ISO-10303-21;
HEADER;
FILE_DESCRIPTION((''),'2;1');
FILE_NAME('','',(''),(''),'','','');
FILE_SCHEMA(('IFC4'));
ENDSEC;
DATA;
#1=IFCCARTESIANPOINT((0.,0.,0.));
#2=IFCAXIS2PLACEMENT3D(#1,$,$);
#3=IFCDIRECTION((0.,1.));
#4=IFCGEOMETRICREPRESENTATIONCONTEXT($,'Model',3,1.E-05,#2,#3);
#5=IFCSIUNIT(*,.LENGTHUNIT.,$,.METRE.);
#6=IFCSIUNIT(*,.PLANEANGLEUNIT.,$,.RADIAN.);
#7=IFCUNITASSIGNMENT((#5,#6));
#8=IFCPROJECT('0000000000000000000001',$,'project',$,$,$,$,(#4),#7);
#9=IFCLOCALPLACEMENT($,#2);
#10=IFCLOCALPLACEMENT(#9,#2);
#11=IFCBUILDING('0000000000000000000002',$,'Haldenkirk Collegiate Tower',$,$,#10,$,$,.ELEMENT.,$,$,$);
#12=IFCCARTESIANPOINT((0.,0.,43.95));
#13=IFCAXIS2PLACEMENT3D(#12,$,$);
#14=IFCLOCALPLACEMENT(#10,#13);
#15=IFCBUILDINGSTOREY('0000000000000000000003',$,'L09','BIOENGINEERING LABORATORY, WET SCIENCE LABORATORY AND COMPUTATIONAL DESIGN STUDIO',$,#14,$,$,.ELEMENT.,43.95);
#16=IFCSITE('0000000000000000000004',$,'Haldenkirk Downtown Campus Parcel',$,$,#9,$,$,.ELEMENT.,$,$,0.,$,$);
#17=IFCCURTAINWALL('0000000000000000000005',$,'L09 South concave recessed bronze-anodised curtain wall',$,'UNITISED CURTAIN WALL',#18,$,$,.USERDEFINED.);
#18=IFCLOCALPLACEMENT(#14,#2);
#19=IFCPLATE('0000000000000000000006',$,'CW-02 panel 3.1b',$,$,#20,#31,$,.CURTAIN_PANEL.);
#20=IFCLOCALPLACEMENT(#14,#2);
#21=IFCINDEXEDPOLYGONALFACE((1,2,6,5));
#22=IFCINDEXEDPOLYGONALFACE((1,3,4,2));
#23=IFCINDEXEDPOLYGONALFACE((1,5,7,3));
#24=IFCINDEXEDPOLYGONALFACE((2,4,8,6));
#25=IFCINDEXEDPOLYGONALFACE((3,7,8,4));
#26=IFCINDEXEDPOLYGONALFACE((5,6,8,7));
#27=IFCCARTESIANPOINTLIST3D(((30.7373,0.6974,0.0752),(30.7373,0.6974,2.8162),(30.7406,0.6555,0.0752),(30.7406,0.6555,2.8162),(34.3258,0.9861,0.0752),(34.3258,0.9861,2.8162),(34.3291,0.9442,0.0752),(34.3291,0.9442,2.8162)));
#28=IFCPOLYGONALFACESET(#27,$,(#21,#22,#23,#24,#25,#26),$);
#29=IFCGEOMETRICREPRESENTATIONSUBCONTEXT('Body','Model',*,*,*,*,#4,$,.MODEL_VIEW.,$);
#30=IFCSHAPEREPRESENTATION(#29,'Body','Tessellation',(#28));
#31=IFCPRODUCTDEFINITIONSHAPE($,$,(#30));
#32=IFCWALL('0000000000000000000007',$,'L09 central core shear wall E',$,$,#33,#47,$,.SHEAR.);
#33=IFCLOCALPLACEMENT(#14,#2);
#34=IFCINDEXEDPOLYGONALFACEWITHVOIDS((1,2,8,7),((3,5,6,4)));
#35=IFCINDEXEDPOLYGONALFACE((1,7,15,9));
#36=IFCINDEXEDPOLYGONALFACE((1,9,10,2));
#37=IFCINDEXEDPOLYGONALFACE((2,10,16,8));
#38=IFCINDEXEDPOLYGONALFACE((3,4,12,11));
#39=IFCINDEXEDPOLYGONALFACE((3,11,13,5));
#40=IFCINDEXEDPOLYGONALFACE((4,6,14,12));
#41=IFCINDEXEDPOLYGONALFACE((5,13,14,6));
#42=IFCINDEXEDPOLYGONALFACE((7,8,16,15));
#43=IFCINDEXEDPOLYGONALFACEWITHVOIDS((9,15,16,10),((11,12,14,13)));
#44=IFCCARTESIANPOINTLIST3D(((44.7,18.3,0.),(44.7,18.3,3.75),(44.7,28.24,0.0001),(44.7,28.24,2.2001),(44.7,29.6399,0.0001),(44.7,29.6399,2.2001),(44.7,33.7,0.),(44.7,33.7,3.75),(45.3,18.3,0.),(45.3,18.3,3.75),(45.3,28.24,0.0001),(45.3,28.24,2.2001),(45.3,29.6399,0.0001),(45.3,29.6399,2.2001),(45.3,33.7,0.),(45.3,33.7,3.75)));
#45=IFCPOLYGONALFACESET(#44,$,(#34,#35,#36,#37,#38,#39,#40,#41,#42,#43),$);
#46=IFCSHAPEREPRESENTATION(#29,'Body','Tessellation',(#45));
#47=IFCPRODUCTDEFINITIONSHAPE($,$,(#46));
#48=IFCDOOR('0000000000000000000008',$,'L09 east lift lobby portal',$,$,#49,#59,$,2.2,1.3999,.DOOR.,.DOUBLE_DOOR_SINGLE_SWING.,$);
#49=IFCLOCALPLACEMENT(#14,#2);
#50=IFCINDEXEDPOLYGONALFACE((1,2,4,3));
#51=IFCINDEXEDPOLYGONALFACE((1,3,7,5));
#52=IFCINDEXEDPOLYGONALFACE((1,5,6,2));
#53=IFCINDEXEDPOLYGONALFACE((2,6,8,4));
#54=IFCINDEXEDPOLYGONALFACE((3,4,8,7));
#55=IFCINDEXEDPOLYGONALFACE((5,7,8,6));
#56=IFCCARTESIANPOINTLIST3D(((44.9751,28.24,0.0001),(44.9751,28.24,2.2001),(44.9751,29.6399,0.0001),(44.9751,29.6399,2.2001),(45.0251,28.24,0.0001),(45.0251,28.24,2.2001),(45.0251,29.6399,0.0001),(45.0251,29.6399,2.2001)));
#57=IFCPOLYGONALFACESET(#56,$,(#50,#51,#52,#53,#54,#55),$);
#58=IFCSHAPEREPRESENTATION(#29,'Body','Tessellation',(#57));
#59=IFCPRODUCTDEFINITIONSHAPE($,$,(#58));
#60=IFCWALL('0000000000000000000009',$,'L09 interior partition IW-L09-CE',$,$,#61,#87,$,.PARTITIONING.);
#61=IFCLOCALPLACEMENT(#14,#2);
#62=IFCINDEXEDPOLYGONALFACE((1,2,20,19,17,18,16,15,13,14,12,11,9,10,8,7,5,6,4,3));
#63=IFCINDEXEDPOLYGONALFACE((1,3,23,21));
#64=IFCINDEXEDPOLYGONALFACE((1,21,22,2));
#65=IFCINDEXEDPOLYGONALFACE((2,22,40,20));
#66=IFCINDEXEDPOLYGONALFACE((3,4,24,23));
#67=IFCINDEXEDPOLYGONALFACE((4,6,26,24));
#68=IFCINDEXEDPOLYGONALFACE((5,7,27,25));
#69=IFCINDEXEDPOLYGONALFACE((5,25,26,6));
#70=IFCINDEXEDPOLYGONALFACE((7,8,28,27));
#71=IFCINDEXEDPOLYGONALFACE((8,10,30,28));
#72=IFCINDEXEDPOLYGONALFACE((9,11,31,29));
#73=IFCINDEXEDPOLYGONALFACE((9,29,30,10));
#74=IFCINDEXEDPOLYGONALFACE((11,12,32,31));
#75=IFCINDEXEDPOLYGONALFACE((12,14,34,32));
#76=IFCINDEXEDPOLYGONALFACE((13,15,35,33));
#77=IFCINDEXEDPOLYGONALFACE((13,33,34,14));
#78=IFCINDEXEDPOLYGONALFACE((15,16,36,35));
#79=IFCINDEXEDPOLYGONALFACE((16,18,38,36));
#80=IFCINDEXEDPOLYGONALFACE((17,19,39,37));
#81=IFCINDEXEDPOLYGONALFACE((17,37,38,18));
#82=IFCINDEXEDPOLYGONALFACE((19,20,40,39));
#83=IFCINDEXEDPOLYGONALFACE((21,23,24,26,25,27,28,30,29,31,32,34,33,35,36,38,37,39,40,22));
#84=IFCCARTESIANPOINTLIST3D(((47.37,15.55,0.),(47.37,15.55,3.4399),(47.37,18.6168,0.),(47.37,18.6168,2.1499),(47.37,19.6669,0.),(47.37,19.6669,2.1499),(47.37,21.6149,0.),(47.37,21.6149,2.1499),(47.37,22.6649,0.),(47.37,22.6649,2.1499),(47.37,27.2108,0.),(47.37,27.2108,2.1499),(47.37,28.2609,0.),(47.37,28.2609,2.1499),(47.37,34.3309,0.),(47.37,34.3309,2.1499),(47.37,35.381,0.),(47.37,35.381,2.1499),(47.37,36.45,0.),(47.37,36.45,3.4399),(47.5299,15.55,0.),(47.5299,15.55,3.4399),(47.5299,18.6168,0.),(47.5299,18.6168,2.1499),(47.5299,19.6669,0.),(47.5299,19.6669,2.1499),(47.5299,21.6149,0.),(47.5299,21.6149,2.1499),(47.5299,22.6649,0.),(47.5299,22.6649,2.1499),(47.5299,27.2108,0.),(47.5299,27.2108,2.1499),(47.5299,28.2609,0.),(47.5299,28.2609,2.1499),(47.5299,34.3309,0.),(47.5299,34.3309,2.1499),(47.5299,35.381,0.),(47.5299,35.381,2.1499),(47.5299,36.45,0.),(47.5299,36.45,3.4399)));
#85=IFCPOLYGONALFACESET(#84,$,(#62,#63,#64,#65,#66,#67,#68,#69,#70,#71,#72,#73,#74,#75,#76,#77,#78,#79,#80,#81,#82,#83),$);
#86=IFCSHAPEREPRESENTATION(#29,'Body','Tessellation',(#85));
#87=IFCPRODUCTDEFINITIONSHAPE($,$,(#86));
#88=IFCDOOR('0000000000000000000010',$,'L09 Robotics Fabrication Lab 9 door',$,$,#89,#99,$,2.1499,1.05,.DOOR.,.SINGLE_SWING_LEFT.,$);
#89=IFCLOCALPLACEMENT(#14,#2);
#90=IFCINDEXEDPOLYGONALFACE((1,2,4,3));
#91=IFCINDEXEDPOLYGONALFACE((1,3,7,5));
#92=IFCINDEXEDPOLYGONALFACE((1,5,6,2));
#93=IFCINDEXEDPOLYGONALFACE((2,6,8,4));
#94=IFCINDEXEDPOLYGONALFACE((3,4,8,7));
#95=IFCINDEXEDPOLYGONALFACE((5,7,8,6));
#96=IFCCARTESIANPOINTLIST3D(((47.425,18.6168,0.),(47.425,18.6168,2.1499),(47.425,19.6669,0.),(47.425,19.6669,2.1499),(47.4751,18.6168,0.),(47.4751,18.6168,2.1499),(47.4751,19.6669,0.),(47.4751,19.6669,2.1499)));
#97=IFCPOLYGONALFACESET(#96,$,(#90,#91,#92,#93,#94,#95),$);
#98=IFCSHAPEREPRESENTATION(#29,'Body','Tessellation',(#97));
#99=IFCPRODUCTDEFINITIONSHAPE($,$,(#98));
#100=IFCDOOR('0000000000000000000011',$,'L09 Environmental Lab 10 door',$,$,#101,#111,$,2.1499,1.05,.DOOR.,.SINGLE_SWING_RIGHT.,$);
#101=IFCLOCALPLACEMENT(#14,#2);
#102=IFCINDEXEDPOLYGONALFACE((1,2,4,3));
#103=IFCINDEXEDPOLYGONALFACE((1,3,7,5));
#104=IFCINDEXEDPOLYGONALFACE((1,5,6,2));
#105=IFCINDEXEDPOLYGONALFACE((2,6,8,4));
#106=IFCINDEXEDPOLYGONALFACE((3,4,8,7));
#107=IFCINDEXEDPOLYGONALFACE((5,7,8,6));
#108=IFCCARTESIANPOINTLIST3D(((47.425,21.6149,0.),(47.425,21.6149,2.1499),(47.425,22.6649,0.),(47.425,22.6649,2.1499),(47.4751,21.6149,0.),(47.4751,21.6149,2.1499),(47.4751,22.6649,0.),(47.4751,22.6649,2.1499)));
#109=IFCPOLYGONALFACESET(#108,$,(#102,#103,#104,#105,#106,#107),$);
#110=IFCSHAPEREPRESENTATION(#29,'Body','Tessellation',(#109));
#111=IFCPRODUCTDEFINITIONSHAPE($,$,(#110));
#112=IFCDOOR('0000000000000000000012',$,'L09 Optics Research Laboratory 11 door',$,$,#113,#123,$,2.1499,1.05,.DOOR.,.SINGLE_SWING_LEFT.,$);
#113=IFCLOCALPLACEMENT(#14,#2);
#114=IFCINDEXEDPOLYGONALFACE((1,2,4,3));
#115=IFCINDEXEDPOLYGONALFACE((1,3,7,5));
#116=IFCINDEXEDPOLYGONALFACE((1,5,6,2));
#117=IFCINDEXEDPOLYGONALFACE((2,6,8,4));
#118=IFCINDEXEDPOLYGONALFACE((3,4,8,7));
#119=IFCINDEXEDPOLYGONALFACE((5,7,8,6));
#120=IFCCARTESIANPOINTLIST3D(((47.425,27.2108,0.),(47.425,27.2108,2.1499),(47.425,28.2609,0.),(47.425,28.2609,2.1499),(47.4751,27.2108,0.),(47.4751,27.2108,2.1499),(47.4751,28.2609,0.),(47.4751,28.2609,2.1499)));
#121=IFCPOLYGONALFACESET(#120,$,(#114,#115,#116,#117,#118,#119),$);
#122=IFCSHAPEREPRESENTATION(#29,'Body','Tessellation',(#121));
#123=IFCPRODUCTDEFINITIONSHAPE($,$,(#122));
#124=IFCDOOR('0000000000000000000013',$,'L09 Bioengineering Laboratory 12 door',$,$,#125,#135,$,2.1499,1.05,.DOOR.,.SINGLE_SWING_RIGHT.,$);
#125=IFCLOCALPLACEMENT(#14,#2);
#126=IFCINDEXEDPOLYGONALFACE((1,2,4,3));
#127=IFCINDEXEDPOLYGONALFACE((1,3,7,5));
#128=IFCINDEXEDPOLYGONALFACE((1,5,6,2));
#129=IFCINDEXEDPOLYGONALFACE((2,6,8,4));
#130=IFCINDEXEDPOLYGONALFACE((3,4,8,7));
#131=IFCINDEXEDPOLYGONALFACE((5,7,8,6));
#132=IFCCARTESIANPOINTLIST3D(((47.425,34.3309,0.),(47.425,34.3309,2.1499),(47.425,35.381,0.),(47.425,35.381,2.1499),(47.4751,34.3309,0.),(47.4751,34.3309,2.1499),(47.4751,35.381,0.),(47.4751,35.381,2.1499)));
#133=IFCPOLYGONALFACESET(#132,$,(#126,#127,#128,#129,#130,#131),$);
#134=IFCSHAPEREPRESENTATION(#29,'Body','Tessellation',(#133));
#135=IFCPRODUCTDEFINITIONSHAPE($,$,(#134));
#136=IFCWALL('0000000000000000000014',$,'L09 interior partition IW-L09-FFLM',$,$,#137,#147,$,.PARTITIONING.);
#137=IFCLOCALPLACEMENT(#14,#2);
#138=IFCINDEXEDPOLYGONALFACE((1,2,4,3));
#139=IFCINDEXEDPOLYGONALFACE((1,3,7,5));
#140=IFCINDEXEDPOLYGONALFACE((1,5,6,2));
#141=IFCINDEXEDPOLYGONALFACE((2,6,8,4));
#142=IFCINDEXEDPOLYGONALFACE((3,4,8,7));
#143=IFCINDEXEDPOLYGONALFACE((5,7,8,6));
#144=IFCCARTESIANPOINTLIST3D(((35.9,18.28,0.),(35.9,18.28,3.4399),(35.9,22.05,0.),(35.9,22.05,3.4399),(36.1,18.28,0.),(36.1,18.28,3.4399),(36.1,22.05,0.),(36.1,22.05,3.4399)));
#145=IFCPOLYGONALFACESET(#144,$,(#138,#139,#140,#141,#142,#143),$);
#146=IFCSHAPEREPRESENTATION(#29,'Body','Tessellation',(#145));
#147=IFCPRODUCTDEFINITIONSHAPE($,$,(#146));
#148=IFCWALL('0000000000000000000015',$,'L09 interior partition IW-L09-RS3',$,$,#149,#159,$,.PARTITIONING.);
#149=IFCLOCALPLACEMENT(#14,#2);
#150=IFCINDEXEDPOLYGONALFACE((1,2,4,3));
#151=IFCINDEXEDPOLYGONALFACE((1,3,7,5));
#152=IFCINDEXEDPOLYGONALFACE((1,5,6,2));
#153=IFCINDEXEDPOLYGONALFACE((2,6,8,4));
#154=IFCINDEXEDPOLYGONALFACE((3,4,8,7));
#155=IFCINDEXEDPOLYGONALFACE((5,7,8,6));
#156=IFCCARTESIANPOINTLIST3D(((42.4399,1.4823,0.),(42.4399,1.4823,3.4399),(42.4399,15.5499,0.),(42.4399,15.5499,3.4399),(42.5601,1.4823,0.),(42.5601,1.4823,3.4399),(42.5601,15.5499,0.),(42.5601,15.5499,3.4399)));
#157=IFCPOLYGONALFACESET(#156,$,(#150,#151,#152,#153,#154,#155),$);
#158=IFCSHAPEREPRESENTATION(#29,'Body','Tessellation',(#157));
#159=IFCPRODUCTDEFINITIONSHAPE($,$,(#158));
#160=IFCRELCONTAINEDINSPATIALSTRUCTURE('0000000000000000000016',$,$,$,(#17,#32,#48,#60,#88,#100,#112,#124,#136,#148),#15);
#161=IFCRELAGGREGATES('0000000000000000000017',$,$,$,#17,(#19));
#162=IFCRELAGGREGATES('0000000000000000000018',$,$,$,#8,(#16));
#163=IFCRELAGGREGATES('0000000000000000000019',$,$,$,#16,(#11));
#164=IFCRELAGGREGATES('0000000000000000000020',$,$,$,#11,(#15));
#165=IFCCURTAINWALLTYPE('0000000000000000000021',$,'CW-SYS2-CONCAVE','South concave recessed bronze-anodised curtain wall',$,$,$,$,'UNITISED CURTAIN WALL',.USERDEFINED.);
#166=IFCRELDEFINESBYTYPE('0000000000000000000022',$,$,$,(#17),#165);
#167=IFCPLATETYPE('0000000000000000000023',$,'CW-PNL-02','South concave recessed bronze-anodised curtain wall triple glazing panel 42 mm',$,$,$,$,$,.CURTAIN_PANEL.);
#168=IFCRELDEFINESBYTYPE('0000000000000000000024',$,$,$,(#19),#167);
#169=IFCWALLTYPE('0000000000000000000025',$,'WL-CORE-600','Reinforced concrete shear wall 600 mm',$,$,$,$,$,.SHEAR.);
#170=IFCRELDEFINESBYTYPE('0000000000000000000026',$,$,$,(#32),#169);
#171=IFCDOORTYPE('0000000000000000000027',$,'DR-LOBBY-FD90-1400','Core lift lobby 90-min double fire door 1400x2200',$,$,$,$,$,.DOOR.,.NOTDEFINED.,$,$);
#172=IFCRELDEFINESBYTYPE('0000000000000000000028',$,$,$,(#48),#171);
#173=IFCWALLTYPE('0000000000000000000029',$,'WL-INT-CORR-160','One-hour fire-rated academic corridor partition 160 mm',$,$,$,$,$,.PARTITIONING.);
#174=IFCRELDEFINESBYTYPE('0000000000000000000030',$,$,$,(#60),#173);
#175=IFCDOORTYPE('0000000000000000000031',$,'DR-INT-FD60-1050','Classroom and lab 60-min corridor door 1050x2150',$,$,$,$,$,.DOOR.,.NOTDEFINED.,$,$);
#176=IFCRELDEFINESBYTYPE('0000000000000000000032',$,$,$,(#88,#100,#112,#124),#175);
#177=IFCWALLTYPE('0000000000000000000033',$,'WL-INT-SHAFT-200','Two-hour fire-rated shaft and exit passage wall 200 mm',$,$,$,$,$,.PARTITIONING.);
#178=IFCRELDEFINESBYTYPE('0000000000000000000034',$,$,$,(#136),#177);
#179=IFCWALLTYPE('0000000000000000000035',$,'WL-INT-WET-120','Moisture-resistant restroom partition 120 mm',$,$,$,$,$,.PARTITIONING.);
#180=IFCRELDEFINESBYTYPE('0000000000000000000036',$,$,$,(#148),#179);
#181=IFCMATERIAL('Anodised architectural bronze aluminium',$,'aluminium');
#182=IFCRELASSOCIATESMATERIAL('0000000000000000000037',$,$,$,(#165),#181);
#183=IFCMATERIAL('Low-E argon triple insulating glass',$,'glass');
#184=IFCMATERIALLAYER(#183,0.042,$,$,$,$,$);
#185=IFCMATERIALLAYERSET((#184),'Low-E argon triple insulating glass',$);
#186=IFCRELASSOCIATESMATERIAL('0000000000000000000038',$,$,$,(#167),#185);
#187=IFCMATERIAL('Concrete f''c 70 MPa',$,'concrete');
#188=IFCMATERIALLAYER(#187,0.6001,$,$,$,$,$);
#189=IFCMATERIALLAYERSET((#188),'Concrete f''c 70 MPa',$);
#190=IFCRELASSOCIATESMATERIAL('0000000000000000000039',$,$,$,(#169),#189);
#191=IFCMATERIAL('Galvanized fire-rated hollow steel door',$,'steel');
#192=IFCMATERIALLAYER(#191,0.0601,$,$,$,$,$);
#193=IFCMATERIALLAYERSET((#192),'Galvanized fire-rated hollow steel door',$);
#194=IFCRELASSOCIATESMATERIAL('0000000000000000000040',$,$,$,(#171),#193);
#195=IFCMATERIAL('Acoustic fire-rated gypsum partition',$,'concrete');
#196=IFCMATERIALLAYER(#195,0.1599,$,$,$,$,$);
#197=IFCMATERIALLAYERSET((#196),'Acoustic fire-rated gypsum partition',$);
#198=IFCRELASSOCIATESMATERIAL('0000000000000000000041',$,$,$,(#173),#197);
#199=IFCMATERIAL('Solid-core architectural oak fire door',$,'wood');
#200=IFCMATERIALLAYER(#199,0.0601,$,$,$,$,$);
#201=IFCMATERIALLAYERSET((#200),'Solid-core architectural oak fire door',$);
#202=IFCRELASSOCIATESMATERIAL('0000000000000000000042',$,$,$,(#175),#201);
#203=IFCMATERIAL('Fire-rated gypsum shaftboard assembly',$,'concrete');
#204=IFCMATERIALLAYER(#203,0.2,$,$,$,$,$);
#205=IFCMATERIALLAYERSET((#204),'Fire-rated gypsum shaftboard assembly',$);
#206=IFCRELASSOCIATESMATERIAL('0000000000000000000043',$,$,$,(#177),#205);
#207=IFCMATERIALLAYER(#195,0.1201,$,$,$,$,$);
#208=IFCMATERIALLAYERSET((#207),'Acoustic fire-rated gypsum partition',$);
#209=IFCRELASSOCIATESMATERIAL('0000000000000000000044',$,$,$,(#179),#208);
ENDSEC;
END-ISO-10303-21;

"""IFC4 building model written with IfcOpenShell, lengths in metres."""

from ifc_helpers import new_model, si_unit, direction, frame, frame_2d, origin, origin_2d, place, context, subcontext, project, spatial, rectangle, extrude, source, transform, mapped, material, layer, layer_set, type_object, element, fill, aggregate, save


model = new_model("IFC4")

# Units and contexts
model_context = context("Model", 3, precision=1e-05, world=origin(), true_north=direction((0.0, 1.0)))
body_context = subcontext(model_context, "Body", "Model", "MODEL_VIEW")
ifc_project = project(units=[si_unit("LENGTHUNIT", "METRE"), si_unit("PLANEANGLEUNIT", "RADIAN")], contexts=[model_context])

# Site, building, storey
site_placement = place(None, origin())
site = spatial("IfcSite", under=ifc_project, at=site_placement, Name="Haldenkirk Downtown Campus Parcel", CompositionType="ELEMENT", RefElevation=0.0)
building_placement = place(site_placement, origin())
building = spatial("IfcBuilding", under=site, at=building_placement, Name="Haldenkirk Collegiate Tower", CompositionType="ELEMENT")
storey_placement = place(building_placement, frame((0.0, 0.0, 43.95)))
storey = spatial("IfcBuildingStorey", under=building, at=storey_placement, Name="L09", Description="BIOENGINEERING LABORATORY, WET SCIENCE LABORATORY AND COMPUTATIONAL DESIGN STUDIO", CompositionType="ELEMENT", Elevation=43.95)

# Curtain wall, plate
ifc_material_1 = material(Name="Anodised architectural bronze aluminium", Category="aluminium")
curtain_wall_type = type_object("IfcCurtainWallType", Name="CW-SYS2-CONCAVE", Description="South concave recessed bronze-anodised curtain wall", ElementType="UNITISED CURTAIN WALL", PredefinedType="USERDEFINED", material=ifc_material_1)
curtain_wall_placement = place(storey_placement, origin())
curtain_wall = element("IfcCurtainWall", 1, at=curtain_wall_placement, inside=storey, type_object=curtain_wall_type, Name="L09 South concave recessed bronze-anodised curtain wall", ObjectType="UNITISED CURTAIN WALL", PredefinedType="USERDEFINED")
ifc_material_2 = material(Name="Low-E argon triple insulating glass", Category="glass")
ifc_layer_1 = layer(ifc_material_2, 0.042)
ifc_layer_set_1 = layer_set([ifc_layer_1], Name="Low-E argon triple insulating glass")
plate_type_1 = type_object("IfcPlateType", Name="CW-PNL-02", Description="South concave recessed bronze-anodised curtain wall triple glazing panel 42 mm", PredefinedType="CURTAIN_PANEL", material=ifc_layer_set_1)
shared_shape_1 = source(origin(), body_context, "Body", "SweptSolid", [
    extrude(rectangle(XDim=3.6001, YDim=0.042, at=origin_2d()), origin(), (0.0, 0.0, 1.0), 2.741),
])
plate_1_placement = place(storey_placement, frame((32.5332, 0.8208, 0.0752), z_axis=(0.0, 0.0, 1.0), x_axis=(-0.996779, -0.080199, 0.0)))
plate_1 = element("IfcPlate", 2, at=plate_1_placement, type_object=plate_type_1, Name="CW-02 panel 3.1b", PredefinedType="CURTAIN_PANEL", context=body_context, shape_type="MappedRepresentation", body=[
    mapped(shared_shape_1, transform((0.0, 0.0, 0.0), x_axis=(1.0, 0.0, 0.0), y_axis=(0.0, 1.0, 0.0), z_axis=(0.0, 0.0, 1.0), scale=1.0)),
])
aggregate(curtain_wall, [plate_1])

# Wall, opening, door
ifc_material_3 = material(Name="Concrete f'c 70 MPa", Category="concrete")
ifc_layer_2 = layer(ifc_material_3, 0.6001)
ifc_layer_set_2 = layer_set([ifc_layer_2], Name="Concrete f'c 70 MPa")
wall_type_1 = type_object("IfcWallType", Name="WL-CORE-600", Description="Reinforced concrete shear wall 600 mm", PredefinedType="SHEAR", material=ifc_layer_set_2)
wall_1_placement = place(storey_placement, frame((45.0, 18.3, 0.0), z_axis=(0.0, 0.0, 1.0), x_axis=(0.0, 1.0, 0.0)))
wall_1 = element("IfcWall", 3, at=wall_1_placement, inside=storey, type_object=wall_type_1, Name="L09 central core shear wall E", PredefinedType="SHEAR", context=body_context, shape_type="SweptSolid", body=[
    extrude(rectangle(XDim=15.3999, YDim=0.6001, at=frame_2d((7.7, 0.0))), origin(), (0.0, 0.0, 1.0), 3.75),
])
opening_1_placement = place(wall_1_placement, frame((9.9399, 0.0, 0.0)))
opening_1 = element("IfcOpeningElement", 4, at=opening_1_placement, cuts=wall_1, PredefinedType="OPENING", context=body_context, shape_type="SweptSolid", body=[
    extrude(rectangle(XDim=1.3999, YDim=2.2, at=frame_2d((0.7, 1.1001))), frame((0.0, 0.3101, 0.0), z_axis=(0.0, -1.0, 0.0), x_axis=(1.0, 0.0, 0.0)), (0.0, 0.0, 1.0), 0.6201),
])
ifc_material_4 = material(Name="Galvanized fire-rated hollow steel door", Category="steel")
ifc_layer_3 = layer(ifc_material_4, 0.0601)
ifc_layer_set_3 = layer_set([ifc_layer_3], Name="Galvanized fire-rated hollow steel door")
door_type_1 = type_object("IfcDoorType", Name="DR-LOBBY-FD90-1400", Description="Core lift lobby 90-min double fire door 1400x2200", OperationType="NOTDEFINED", PredefinedType="DOOR", material=ifc_layer_set_3)
door_1_placement = place(opening_1_placement, origin())
door_1 = element("IfcDoor", 5, at=door_1_placement, inside=storey, type_object=door_type_1, Name="L09 east lift lobby portal", OperationType="DOUBLE_DOOR_SINGLE_SWING", OverallHeight=2.2, OverallWidth=1.3999, PredefinedType="DOOR", context=body_context, shape_type="SweptSolid", body=[
    extrude(rectangle(XDim=1.3999, YDim=2.2, at=frame_2d((0.7, 1.1001))), frame((0.0, 0.0249, 0.0), z_axis=(0.0, -1.0, 0.0), x_axis=(1.0, 0.0, 0.0)), (0.0, 0.0, 1.0), 0.05),
])
fill(opening_1, door_1)

# Wall, openings, doors
ifc_material_5 = material(Name="Acoustic fire-rated gypsum partition", Category="concrete")
ifc_layer_4 = layer(ifc_material_5, 0.1599)
ifc_layer_set_4 = layer_set([ifc_layer_4], Name="Acoustic fire-rated gypsum partition")
wall_type_2 = type_object("IfcWallType", Name="WL-INT-CORR-160", Description="One-hour fire-rated academic corridor partition 160 mm", PredefinedType="PARTITIONING", material=ifc_layer_set_4)
wall_2_placement = place(storey_placement, frame((47.45, 15.55, 0.0), z_axis=(0.0, 0.0, 1.0), x_axis=(0.0, 1.0, 0.0)))
wall_2 = element("IfcWall", 6, at=wall_2_placement, inside=storey, type_object=wall_type_2, Name="L09 interior partition IW-L09-CE", PredefinedType="PARTITIONING", context=body_context, shape_type="SweptSolid", body=[
    extrude(rectangle(XDim=20.8999, YDim=0.1599, at=frame_2d((10.45, 0.0))), origin(), (0.0, 0.0, 1.0), 3.4399),
])
opening_2_placement = place(wall_2_placement, frame((3.0669, 0.0, 0.0)))
opening_2 = element("IfcOpeningElement", 7, at=opening_2_placement, cuts=wall_2, PredefinedType="OPENING", context=body_context, shape_type="SweptSolid", body=[
    extrude(rectangle(XDim=1.05, YDim=2.1499, at=frame_2d((0.5249, 1.075))), frame((0.0, 0.0898, 0.0), z_axis=(0.0, -1.0, 0.0), x_axis=(1.0, 0.0, 0.0)), (0.0, 0.0, 1.0), 0.1799),
])
opening_3_placement = place(wall_2_placement, frame((6.0649, 0.0, 0.0)))
opening_3 = element("IfcOpeningElement", 8, at=opening_3_placement, cuts=wall_2, PredefinedType="OPENING", context=body_context, shape_type="SweptSolid", body=[
    extrude(rectangle(XDim=1.05, YDim=2.1499, at=frame_2d((0.5249, 1.075))), frame((0.0, 0.0898, 0.0), z_axis=(0.0, -1.0, 0.0), x_axis=(1.0, 0.0, 0.0)), (0.0, 0.0, 1.0), 0.1799),
])
opening_4_placement = place(wall_2_placement, frame((11.6609, 0.0, 0.0)))
opening_4 = element("IfcOpeningElement", 9, at=opening_4_placement, cuts=wall_2, PredefinedType="OPENING", context=body_context, shape_type="SweptSolid", body=[
    extrude(rectangle(XDim=1.05, YDim=2.1499, at=frame_2d((0.5249, 1.075))), frame((0.0, 0.0898, 0.0), z_axis=(0.0, -1.0, 0.0), x_axis=(1.0, 0.0, 0.0)), (0.0, 0.0, 1.0), 0.1799),
])
opening_5_placement = place(wall_2_placement, frame((18.781, 0.0, 0.0)))
opening_5 = element("IfcOpeningElement", 10, at=opening_5_placement, cuts=wall_2, PredefinedType="OPENING", context=body_context, shape_type="SweptSolid", body=[
    extrude(rectangle(XDim=1.05, YDim=2.1499, at=frame_2d((0.5249, 1.075))), frame((0.0, 0.0898, 0.0), z_axis=(0.0, -1.0, 0.0), x_axis=(1.0, 0.0, 0.0)), (0.0, 0.0, 1.0), 0.1799),
])
ifc_material_6 = material(Name="Solid-core architectural oak fire door", Category="wood")
ifc_layer_5 = layer(ifc_material_6, 0.0601)
ifc_layer_set_5 = layer_set([ifc_layer_5], Name="Solid-core architectural oak fire door")
door_type_2 = type_object("IfcDoorType", Name="DR-INT-FD60-1050", Description="Classroom and lab 60-min corridor door 1050x2150", OperationType="NOTDEFINED", PredefinedType="DOOR", material=ifc_layer_set_5)
door_2_placement = place(opening_2_placement, origin())
door_2 = element("IfcDoor", 11, at=door_2_placement, inside=storey, type_object=door_type_2, Name="L09 Robotics Fabrication Lab 9 door", OperationType="SINGLE_SWING_LEFT", OverallHeight=2.1499, OverallWidth=1.05, PredefinedType="DOOR", context=body_context, shape_type="SweptSolid", body=[
    extrude(rectangle(XDim=1.05, YDim=2.1499, at=frame_2d((0.5249, 1.075))), frame((0.0, 0.0249, 0.0), z_axis=(0.0, -1.0, 0.0), x_axis=(1.0, 0.0, 0.0)), (0.0, 0.0, 1.0), 0.05),
])
fill(opening_2, door_2)
door_3_placement = place(opening_3_placement, origin())
door_3 = element("IfcDoor", 12, at=door_3_placement, inside=storey, type_object=door_type_2, Name="L09 Environmental Lab 10 door", OperationType="SINGLE_SWING_RIGHT", OverallHeight=2.1499, OverallWidth=1.05, PredefinedType="DOOR", context=body_context, shape_type="SweptSolid", body=[
    extrude(rectangle(XDim=1.05, YDim=2.1499, at=frame_2d((0.5249, 1.075))), frame((0.0, 0.0249, 0.0), z_axis=(0.0, -1.0, 0.0), x_axis=(1.0, 0.0, 0.0)), (0.0, 0.0, 1.0), 0.05),
])
fill(opening_3, door_3)
door_4_placement = place(opening_4_placement, origin())
door_4 = element("IfcDoor", 13, at=door_4_placement, inside=storey, type_object=door_type_2, Name="L09 Optics Research Laboratory 11 door", OperationType="SINGLE_SWING_LEFT", OverallHeight=2.1499, OverallWidth=1.05, PredefinedType="DOOR", context=body_context, shape_type="SweptSolid", body=[
    extrude(rectangle(XDim=1.05, YDim=2.1499, at=frame_2d((0.5249, 1.075))), frame((0.0, 0.0249, 0.0), z_axis=(0.0, -1.0, 0.0), x_axis=(1.0, 0.0, 0.0)), (0.0, 0.0, 1.0), 0.05),
])
fill(opening_4, door_4)
door_5_placement = place(opening_5_placement, origin())
door_5 = element("IfcDoor", 14, at=door_5_placement, inside=storey, type_object=door_type_2, Name="L09 Bioengineering Laboratory 12 door", OperationType="SINGLE_SWING_RIGHT", OverallHeight=2.1499, OverallWidth=1.05, PredefinedType="DOOR", context=body_context, shape_type="SweptSolid", body=[
    extrude(rectangle(XDim=1.05, YDim=2.1499, at=frame_2d((0.5249, 1.075))), frame((0.0, 0.0249, 0.0), z_axis=(0.0, -1.0, 0.0), x_axis=(1.0, 0.0, 0.0)), (0.0, 0.0, 1.0), 0.05),
])
fill(opening_5, door_5)

# Walls
ifc_material_7 = material(Name="Fire-rated gypsum shaftboard assembly", Category="concrete")
ifc_layer_6 = layer(ifc_material_7, 0.2)
ifc_layer_set_6 = layer_set([ifc_layer_6], Name="Fire-rated gypsum shaftboard assembly")
wall_type_3 = type_object("IfcWallType", Name="WL-INT-SHAFT-200", Description="Two-hour fire-rated shaft and exit passage wall 200 mm", PredefinedType="PARTITIONING", material=ifc_layer_set_6)
wall_3_placement = place(storey_placement, frame((36.0, 18.28, 0.0), z_axis=(0.0, 0.0, 1.0), x_axis=(0.0, 1.0, 0.0)))
element("IfcWall", 15, at=wall_3_placement, inside=storey, type_object=wall_type_3, Name="L09 interior partition IW-L09-FFLM", PredefinedType="PARTITIONING", context=body_context, shape_type="SweptSolid", body=[
    extrude(rectangle(XDim=3.77, YDim=0.2, at=frame_2d((1.885, 0.0))), origin(), (0.0, 0.0, 1.0), 3.4399),
])
ifc_layer_7 = layer(ifc_material_5, 0.1201)
ifc_layer_set_7 = layer_set([ifc_layer_7], Name="Acoustic fire-rated gypsum partition")
wall_type_4 = type_object("IfcWallType", Name="WL-INT-WET-120", Description="Moisture-resistant restroom partition 120 mm", PredefinedType="PARTITIONING", material=ifc_layer_set_7)
wall_4_placement = place(storey_placement, frame((42.5, 1.4824, 0.0), z_axis=(0.0, 0.0, 1.0), x_axis=(0.0, 1.0, 0.0)))
element("IfcWall", 16, at=wall_4_placement, inside=storey, type_object=wall_type_4, Name="L09 interior partition IW-L09-RS3", PredefinedType="PARTITIONING", context=body_context, shape_type="SweptSolid", body=[
    extrude(rectangle(XDim=14.0676, YDim=0.1201, at=frame_2d((7.0337, 0.0))), origin(), (0.0, 0.0, 1.0), 3.4399),
])

save(model, "model.ifc")
